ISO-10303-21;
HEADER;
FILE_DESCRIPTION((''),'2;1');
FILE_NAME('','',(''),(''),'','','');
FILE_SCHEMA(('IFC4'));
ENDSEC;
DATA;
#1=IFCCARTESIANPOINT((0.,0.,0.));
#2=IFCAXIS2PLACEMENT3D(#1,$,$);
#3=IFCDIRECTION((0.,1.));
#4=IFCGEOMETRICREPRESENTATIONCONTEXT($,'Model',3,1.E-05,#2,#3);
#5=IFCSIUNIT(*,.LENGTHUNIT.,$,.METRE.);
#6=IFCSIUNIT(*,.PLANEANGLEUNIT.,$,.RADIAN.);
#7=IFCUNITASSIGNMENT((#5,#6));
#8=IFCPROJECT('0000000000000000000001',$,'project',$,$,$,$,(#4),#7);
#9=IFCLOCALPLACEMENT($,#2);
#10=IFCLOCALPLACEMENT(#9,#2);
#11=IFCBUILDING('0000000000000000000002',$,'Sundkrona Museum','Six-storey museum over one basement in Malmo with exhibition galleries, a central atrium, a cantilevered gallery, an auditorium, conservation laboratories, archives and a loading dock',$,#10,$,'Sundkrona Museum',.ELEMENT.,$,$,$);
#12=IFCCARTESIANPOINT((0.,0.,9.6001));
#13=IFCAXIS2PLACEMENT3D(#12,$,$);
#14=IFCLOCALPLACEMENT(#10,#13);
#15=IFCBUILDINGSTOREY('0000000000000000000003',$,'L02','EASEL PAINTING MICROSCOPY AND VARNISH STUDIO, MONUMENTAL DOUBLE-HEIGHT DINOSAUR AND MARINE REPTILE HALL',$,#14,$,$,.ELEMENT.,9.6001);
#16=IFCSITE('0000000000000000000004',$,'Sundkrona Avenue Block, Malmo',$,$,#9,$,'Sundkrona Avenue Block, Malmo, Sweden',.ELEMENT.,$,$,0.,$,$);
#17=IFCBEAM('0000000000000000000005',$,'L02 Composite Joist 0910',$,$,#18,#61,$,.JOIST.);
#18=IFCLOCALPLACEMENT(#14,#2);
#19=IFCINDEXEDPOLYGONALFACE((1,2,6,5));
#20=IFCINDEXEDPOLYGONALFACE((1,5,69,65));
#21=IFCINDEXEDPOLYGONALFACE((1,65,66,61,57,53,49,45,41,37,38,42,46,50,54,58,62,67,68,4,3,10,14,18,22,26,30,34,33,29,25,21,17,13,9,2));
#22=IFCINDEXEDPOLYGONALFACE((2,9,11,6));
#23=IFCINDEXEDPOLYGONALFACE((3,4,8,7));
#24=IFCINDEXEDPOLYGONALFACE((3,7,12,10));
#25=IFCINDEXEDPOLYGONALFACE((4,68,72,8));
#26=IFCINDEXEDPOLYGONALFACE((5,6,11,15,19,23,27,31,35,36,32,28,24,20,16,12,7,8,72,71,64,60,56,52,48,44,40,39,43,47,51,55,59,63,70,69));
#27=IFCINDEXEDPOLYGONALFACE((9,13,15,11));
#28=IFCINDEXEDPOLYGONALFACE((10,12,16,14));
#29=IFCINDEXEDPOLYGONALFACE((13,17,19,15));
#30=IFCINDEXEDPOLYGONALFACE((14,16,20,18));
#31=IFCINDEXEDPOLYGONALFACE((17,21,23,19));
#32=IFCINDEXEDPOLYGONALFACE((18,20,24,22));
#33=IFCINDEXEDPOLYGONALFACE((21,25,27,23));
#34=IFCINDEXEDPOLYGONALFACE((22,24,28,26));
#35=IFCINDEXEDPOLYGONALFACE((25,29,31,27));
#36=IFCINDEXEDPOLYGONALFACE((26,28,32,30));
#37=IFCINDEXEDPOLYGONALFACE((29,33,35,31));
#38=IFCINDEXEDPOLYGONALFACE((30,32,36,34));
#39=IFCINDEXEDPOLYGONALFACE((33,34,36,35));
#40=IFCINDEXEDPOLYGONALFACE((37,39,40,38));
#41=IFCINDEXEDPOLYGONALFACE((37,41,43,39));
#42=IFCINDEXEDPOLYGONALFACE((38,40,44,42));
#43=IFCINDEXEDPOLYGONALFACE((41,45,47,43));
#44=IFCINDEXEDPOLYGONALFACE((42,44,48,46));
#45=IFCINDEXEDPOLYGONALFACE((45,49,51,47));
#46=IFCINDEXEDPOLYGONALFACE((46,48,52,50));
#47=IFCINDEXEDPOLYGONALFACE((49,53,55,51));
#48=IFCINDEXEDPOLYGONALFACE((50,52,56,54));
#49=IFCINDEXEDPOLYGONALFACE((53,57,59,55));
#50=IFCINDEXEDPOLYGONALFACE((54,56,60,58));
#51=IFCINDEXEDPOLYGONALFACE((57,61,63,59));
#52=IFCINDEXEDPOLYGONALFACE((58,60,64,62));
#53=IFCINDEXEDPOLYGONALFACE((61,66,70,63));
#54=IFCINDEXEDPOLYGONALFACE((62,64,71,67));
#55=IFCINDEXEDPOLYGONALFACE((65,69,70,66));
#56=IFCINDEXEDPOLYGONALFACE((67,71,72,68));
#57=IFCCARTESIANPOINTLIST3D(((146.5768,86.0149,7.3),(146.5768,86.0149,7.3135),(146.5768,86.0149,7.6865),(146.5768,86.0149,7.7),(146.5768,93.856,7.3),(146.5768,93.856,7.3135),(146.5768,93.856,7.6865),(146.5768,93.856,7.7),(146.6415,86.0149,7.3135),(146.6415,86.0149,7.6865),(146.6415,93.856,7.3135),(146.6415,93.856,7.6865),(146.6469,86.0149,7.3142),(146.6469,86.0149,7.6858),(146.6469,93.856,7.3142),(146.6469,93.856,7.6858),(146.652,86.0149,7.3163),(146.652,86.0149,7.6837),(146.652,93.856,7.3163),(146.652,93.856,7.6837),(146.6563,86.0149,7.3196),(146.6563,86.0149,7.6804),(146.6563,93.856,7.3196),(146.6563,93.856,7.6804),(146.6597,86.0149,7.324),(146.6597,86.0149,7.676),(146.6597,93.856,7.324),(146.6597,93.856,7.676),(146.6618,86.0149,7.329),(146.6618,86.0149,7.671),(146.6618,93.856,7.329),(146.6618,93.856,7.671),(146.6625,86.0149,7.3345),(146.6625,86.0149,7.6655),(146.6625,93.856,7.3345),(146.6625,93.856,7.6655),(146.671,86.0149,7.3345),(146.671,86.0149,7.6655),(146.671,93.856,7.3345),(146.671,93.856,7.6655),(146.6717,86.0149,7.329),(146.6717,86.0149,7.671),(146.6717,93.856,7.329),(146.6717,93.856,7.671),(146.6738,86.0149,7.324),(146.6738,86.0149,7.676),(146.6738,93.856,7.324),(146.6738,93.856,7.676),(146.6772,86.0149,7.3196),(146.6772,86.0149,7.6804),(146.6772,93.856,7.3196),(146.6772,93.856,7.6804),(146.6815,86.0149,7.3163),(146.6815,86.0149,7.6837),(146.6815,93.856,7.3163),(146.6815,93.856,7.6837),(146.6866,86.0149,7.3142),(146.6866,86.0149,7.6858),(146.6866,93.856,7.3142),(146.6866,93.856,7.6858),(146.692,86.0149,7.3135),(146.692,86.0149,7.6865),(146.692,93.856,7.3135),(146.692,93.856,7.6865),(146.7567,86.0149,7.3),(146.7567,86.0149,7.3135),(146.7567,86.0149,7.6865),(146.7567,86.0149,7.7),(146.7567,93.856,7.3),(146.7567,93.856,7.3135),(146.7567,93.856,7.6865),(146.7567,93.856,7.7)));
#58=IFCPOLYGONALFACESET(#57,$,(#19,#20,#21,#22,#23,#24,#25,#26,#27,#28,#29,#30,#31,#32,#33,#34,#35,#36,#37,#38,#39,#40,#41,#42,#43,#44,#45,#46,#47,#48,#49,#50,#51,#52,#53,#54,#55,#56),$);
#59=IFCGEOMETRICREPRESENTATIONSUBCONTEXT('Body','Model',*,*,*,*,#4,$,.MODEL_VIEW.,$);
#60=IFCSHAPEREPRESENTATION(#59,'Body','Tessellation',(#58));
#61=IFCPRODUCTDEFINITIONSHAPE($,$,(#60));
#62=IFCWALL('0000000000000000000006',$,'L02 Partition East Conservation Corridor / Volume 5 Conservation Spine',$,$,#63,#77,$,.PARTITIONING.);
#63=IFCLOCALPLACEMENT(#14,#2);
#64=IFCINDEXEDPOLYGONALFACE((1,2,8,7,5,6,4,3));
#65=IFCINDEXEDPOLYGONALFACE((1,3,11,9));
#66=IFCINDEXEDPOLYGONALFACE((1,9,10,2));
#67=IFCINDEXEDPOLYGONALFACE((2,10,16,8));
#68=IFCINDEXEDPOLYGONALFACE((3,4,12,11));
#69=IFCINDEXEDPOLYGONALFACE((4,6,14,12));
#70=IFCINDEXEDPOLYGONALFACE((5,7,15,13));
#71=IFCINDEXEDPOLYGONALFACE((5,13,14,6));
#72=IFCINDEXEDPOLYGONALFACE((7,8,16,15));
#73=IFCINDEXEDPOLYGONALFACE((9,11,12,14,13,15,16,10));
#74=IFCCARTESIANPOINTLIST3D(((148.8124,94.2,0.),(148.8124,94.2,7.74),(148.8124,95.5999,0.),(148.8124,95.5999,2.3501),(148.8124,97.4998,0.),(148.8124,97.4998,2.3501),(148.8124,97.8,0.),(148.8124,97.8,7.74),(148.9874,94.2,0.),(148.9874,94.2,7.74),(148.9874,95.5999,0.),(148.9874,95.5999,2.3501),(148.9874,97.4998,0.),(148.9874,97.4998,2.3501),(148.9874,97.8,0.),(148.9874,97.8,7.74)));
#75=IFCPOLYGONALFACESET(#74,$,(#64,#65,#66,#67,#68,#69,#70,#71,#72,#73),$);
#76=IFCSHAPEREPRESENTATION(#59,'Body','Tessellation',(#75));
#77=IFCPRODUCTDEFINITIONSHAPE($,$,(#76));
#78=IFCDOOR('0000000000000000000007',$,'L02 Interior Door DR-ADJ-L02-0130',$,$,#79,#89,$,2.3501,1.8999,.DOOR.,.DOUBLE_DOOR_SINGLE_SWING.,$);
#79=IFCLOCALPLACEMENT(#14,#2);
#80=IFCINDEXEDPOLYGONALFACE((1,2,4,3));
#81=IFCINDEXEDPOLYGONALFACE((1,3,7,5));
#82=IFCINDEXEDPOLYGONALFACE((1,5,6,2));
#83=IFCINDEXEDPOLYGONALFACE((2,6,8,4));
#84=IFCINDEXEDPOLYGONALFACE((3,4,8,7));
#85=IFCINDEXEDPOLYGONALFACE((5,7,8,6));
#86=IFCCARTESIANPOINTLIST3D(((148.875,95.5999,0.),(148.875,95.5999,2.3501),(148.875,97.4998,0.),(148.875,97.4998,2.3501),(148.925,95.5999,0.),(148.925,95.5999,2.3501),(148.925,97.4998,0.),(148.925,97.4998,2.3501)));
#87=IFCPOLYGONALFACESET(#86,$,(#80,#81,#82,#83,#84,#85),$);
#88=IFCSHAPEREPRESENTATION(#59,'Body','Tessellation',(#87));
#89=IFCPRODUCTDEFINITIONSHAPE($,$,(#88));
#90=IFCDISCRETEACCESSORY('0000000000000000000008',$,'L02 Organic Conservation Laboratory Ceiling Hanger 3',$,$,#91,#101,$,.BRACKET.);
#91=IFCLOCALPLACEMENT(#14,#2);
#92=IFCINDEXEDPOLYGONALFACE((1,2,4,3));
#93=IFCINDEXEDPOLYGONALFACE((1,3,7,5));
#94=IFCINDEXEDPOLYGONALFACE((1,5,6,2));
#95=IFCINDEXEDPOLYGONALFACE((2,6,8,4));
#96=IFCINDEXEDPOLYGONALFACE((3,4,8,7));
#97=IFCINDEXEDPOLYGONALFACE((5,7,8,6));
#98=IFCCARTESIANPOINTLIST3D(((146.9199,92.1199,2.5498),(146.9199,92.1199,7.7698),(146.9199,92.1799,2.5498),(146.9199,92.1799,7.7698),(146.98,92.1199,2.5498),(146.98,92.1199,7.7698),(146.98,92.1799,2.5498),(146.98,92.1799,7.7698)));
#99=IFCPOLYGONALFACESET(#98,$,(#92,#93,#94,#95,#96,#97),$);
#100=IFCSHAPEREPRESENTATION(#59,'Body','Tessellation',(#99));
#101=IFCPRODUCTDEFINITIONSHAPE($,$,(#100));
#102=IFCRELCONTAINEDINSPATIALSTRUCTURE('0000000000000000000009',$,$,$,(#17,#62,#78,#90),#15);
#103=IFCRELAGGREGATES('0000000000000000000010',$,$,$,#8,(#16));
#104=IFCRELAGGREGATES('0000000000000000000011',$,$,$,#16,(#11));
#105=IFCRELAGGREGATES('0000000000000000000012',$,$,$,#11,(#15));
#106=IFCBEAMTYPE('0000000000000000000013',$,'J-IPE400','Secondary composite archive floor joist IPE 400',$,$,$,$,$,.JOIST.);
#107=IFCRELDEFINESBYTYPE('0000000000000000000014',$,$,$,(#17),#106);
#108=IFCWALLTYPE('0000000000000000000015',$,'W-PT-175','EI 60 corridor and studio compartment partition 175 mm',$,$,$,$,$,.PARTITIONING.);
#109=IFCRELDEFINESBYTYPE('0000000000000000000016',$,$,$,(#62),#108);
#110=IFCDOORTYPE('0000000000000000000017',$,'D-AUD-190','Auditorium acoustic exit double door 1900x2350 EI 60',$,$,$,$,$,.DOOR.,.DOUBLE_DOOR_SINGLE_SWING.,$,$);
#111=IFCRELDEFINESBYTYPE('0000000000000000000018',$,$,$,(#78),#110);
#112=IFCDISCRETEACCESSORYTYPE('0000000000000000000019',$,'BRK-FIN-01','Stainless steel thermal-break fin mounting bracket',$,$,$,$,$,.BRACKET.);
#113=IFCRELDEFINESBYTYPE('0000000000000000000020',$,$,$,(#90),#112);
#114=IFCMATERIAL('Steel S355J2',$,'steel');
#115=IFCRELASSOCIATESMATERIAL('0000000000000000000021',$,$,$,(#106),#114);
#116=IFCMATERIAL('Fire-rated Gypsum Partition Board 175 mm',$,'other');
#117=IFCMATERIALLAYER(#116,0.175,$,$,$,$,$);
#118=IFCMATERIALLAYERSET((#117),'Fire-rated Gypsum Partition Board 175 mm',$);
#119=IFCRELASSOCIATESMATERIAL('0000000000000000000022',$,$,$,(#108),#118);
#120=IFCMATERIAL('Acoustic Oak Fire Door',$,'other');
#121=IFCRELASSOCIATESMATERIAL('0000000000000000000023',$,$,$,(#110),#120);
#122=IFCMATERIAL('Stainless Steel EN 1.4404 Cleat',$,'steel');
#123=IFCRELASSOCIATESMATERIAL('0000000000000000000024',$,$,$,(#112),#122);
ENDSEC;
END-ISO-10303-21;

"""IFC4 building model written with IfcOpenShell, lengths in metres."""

from ifc_helpers import new_model, si_unit, direction, frame, frame_2d, origin, origin_2d, place, context, subcontext, project, spatial, rectangle, i_section, extrude, material, layer, layer_set, material_profile, profile_set, type_object, element, fill, save


model = new_model("IFC4")

# Units and contexts
model_context = context("Model", 3, precision=1e-05, world=origin(), true_north=direction((0.0, 1.0)))
body_context = subcontext(model_context, "Body", "Model", "MODEL_VIEW")
ifc_project = project(units=[si_unit("LENGTHUNIT", "METRE"), si_unit("PLANEANGLEUNIT", "RADIAN")], contexts=[model_context])

# Site, building, storey
site_placement = place(None, origin())
site = spatial("IfcSite", under=ifc_project, at=site_placement, Name="Sundkrona Avenue Block, Malmo", LongName="Sundkrona Avenue Block, Malmo, Sweden", CompositionType="ELEMENT", RefElevation=0.0)
building_placement = place(site_placement, origin())
building = spatial("IfcBuilding", under=site, at=building_placement, Name="Sundkrona Museum", Description="Six-storey museum over one basement in Malmo with exhibition galleries, a central atrium, a cantilevered gallery, an auditorium, conservation laboratories, archives and a loading dock", LongName="Sundkrona Museum", CompositionType="ELEMENT")
storey_placement = place(building_placement, frame((0.0, 0.0, 9.6001)))
storey = spatial("IfcBuildingStorey", under=building, at=storey_placement, Name="L02", Description="EASEL PAINTING MICROSCOPY AND VARNISH STUDIO, MONUMENTAL DOUBLE-HEIGHT DINOSAUR AND MARINE REPTILE HALL", CompositionType="ELEMENT", Elevation=9.6001)

# Shared definitions
ifc_material_1 = material(Name="Steel S355J2", Category="steel")

# Beam
ifc_material_profile_1 = material_profile(ifc_material_1, i_section(OverallWidth=0.1799, OverallDepth=0.3999, WebThickness=0.0085, FlangeThickness=0.0134, FilletRadius=0.021, at=origin_2d()), Name="IPE 400")
ifc_profile_set_1 = profile_set([ifc_material_profile_1], Name="Steel S355J2")
beam_type_1 = type_object("IfcBeamType", Name="J-IPE400", Description="Secondary composite archive floor joist IPE 400", PredefinedType="JOIST", material=ifc_profile_set_1)
beam_1_placement = place(storey_placement, frame((146.6667, 86.0149, 7.5), z_axis=(0.0, 1.0, 0.0), x_axis=(-1.0, 0.0, 0.0)))
element("IfcBeam", 1, at=beam_1_placement, inside=storey, type_object=beam_type_1, Name="L02 Composite Joist 0910", PredefinedType="JOIST", context=body_context, shape_type="SweptSolid", body=[
    extrude(i_section(OverallWidth=0.1799, OverallDepth=0.3999, WebThickness=0.0085, FlangeThickness=0.0134, FilletRadius=0.021, at=origin_2d()), origin(), (0.0, 0.0, 1.0), 7.8411),
])

# Wall, opening, door
ifc_material_2 = material(Name="Fire-rated Gypsum Partition Board 175 mm", Category="other")
ifc_layer = layer(ifc_material_2, 0.175)
ifc_layer_set = layer_set([ifc_layer], Name="Fire-rated Gypsum Partition Board 175 mm")
wall_type = type_object("IfcWallType", Name="W-PT-175", Description="EI 60 corridor and studio compartment partition 175 mm", PredefinedType="PARTITIONING", material=ifc_layer_set)
wall_placement = place(storey_placement, frame((148.8999, 94.2, 0.0), z_axis=(0.0, 0.0, 1.0), x_axis=(0.0, 1.0, 0.0)))
wall = element("IfcWall", 2, at=wall_placement, inside=storey, type_object=wall_type, Name="L02 Partition East Conservation Corridor / Volume 5 Conservation Spine", PredefinedType="PARTITIONING", context=body_context, shape_type="SweptSolid", body=[
    extrude(rectangle(XDim=3.6001, YDim=0.175, at=frame_2d((1.8, 0.0))), origin(), (0.0, 0.0, 1.0), 7.74),
])
opening_placement = place(wall_placement, frame((1.3999, 0.0, 0.0)))
opening = element("IfcOpeningElement", 3, at=opening_placement, cuts=wall, PredefinedType="OPENING", context=body_context, shape_type="SweptSolid", body=[
    extrude(rectangle(XDim=1.8999, YDim=2.3501, at=frame_2d((0.95, 1.175))), frame((0.0, 0.0974, 0.0), z_axis=(0.0, -1.0, 0.0), x_axis=(1.0, 0.0, 0.0)), (0.0, 0.0, 1.0), 0.1951),
])
ifc_material_3 = material(Name="Acoustic Oak Fire Door", Category="other")
door_type = type_object("IfcDoorType", Name="D-AUD-190", Description="Auditorium acoustic exit double door 1900x2350 EI 60", OperationType="DOUBLE_DOOR_SINGLE_SWING", PredefinedType="DOOR", material=ifc_material_3)
door_placement = place(opening_placement, origin())
door = element("IfcDoor", 4, at=door_placement, inside=storey, type_object=door_type, Name="L02 Interior Door DR-ADJ-L02-0130", OperationType="DOUBLE_DOOR_SINGLE_SWING", OverallHeight=2.3501, OverallWidth=1.8999, PredefinedType="DOOR", context=body_context, shape_type="SweptSolid", body=[
    extrude(rectangle(XDim=1.8999, YDim=2.3501, at=frame_2d((0.95, 1.175))), frame((0.0, 0.0249, 0.0), z_axis=(0.0, -1.0, 0.0), x_axis=(1.0, 0.0, 0.0)), (0.0, 0.0, 1.0), 0.05),
])
fill(opening, door)

# Discrete accessory
ifc_material_4 = material(Name="Stainless Steel EN 1.4404 Cleat", Category="steel")
discrete_accessory_type = type_object("IfcDiscreteAccessoryType", Name="BRK-FIN-01", Description="Stainless steel thermal-break fin mounting bracket", PredefinedType="BRACKET", material=ifc_material_4)
discrete_accessory_placement = place(storey_placement, frame((146.95, 92.1499, 2.5498), z_axis=(0.0, 0.0, 1.0), x_axis=(1.0, 0.0, 0.0)))
element("IfcDiscreteAccessory", 5, at=discrete_accessory_placement, inside=storey, type_object=discrete_accessory_type, Name="L02 Organic Conservation Laboratory Ceiling Hanger 3", PredefinedType="BRACKET", context=body_context, shape_type="SweptSolid", body=[
    extrude(rectangle(XDim=0.0601, YDim=0.0601, at=origin_2d()), origin(), (0.0, 0.0, 1.0), 5.22),
])

save(model, "model.ifc")
